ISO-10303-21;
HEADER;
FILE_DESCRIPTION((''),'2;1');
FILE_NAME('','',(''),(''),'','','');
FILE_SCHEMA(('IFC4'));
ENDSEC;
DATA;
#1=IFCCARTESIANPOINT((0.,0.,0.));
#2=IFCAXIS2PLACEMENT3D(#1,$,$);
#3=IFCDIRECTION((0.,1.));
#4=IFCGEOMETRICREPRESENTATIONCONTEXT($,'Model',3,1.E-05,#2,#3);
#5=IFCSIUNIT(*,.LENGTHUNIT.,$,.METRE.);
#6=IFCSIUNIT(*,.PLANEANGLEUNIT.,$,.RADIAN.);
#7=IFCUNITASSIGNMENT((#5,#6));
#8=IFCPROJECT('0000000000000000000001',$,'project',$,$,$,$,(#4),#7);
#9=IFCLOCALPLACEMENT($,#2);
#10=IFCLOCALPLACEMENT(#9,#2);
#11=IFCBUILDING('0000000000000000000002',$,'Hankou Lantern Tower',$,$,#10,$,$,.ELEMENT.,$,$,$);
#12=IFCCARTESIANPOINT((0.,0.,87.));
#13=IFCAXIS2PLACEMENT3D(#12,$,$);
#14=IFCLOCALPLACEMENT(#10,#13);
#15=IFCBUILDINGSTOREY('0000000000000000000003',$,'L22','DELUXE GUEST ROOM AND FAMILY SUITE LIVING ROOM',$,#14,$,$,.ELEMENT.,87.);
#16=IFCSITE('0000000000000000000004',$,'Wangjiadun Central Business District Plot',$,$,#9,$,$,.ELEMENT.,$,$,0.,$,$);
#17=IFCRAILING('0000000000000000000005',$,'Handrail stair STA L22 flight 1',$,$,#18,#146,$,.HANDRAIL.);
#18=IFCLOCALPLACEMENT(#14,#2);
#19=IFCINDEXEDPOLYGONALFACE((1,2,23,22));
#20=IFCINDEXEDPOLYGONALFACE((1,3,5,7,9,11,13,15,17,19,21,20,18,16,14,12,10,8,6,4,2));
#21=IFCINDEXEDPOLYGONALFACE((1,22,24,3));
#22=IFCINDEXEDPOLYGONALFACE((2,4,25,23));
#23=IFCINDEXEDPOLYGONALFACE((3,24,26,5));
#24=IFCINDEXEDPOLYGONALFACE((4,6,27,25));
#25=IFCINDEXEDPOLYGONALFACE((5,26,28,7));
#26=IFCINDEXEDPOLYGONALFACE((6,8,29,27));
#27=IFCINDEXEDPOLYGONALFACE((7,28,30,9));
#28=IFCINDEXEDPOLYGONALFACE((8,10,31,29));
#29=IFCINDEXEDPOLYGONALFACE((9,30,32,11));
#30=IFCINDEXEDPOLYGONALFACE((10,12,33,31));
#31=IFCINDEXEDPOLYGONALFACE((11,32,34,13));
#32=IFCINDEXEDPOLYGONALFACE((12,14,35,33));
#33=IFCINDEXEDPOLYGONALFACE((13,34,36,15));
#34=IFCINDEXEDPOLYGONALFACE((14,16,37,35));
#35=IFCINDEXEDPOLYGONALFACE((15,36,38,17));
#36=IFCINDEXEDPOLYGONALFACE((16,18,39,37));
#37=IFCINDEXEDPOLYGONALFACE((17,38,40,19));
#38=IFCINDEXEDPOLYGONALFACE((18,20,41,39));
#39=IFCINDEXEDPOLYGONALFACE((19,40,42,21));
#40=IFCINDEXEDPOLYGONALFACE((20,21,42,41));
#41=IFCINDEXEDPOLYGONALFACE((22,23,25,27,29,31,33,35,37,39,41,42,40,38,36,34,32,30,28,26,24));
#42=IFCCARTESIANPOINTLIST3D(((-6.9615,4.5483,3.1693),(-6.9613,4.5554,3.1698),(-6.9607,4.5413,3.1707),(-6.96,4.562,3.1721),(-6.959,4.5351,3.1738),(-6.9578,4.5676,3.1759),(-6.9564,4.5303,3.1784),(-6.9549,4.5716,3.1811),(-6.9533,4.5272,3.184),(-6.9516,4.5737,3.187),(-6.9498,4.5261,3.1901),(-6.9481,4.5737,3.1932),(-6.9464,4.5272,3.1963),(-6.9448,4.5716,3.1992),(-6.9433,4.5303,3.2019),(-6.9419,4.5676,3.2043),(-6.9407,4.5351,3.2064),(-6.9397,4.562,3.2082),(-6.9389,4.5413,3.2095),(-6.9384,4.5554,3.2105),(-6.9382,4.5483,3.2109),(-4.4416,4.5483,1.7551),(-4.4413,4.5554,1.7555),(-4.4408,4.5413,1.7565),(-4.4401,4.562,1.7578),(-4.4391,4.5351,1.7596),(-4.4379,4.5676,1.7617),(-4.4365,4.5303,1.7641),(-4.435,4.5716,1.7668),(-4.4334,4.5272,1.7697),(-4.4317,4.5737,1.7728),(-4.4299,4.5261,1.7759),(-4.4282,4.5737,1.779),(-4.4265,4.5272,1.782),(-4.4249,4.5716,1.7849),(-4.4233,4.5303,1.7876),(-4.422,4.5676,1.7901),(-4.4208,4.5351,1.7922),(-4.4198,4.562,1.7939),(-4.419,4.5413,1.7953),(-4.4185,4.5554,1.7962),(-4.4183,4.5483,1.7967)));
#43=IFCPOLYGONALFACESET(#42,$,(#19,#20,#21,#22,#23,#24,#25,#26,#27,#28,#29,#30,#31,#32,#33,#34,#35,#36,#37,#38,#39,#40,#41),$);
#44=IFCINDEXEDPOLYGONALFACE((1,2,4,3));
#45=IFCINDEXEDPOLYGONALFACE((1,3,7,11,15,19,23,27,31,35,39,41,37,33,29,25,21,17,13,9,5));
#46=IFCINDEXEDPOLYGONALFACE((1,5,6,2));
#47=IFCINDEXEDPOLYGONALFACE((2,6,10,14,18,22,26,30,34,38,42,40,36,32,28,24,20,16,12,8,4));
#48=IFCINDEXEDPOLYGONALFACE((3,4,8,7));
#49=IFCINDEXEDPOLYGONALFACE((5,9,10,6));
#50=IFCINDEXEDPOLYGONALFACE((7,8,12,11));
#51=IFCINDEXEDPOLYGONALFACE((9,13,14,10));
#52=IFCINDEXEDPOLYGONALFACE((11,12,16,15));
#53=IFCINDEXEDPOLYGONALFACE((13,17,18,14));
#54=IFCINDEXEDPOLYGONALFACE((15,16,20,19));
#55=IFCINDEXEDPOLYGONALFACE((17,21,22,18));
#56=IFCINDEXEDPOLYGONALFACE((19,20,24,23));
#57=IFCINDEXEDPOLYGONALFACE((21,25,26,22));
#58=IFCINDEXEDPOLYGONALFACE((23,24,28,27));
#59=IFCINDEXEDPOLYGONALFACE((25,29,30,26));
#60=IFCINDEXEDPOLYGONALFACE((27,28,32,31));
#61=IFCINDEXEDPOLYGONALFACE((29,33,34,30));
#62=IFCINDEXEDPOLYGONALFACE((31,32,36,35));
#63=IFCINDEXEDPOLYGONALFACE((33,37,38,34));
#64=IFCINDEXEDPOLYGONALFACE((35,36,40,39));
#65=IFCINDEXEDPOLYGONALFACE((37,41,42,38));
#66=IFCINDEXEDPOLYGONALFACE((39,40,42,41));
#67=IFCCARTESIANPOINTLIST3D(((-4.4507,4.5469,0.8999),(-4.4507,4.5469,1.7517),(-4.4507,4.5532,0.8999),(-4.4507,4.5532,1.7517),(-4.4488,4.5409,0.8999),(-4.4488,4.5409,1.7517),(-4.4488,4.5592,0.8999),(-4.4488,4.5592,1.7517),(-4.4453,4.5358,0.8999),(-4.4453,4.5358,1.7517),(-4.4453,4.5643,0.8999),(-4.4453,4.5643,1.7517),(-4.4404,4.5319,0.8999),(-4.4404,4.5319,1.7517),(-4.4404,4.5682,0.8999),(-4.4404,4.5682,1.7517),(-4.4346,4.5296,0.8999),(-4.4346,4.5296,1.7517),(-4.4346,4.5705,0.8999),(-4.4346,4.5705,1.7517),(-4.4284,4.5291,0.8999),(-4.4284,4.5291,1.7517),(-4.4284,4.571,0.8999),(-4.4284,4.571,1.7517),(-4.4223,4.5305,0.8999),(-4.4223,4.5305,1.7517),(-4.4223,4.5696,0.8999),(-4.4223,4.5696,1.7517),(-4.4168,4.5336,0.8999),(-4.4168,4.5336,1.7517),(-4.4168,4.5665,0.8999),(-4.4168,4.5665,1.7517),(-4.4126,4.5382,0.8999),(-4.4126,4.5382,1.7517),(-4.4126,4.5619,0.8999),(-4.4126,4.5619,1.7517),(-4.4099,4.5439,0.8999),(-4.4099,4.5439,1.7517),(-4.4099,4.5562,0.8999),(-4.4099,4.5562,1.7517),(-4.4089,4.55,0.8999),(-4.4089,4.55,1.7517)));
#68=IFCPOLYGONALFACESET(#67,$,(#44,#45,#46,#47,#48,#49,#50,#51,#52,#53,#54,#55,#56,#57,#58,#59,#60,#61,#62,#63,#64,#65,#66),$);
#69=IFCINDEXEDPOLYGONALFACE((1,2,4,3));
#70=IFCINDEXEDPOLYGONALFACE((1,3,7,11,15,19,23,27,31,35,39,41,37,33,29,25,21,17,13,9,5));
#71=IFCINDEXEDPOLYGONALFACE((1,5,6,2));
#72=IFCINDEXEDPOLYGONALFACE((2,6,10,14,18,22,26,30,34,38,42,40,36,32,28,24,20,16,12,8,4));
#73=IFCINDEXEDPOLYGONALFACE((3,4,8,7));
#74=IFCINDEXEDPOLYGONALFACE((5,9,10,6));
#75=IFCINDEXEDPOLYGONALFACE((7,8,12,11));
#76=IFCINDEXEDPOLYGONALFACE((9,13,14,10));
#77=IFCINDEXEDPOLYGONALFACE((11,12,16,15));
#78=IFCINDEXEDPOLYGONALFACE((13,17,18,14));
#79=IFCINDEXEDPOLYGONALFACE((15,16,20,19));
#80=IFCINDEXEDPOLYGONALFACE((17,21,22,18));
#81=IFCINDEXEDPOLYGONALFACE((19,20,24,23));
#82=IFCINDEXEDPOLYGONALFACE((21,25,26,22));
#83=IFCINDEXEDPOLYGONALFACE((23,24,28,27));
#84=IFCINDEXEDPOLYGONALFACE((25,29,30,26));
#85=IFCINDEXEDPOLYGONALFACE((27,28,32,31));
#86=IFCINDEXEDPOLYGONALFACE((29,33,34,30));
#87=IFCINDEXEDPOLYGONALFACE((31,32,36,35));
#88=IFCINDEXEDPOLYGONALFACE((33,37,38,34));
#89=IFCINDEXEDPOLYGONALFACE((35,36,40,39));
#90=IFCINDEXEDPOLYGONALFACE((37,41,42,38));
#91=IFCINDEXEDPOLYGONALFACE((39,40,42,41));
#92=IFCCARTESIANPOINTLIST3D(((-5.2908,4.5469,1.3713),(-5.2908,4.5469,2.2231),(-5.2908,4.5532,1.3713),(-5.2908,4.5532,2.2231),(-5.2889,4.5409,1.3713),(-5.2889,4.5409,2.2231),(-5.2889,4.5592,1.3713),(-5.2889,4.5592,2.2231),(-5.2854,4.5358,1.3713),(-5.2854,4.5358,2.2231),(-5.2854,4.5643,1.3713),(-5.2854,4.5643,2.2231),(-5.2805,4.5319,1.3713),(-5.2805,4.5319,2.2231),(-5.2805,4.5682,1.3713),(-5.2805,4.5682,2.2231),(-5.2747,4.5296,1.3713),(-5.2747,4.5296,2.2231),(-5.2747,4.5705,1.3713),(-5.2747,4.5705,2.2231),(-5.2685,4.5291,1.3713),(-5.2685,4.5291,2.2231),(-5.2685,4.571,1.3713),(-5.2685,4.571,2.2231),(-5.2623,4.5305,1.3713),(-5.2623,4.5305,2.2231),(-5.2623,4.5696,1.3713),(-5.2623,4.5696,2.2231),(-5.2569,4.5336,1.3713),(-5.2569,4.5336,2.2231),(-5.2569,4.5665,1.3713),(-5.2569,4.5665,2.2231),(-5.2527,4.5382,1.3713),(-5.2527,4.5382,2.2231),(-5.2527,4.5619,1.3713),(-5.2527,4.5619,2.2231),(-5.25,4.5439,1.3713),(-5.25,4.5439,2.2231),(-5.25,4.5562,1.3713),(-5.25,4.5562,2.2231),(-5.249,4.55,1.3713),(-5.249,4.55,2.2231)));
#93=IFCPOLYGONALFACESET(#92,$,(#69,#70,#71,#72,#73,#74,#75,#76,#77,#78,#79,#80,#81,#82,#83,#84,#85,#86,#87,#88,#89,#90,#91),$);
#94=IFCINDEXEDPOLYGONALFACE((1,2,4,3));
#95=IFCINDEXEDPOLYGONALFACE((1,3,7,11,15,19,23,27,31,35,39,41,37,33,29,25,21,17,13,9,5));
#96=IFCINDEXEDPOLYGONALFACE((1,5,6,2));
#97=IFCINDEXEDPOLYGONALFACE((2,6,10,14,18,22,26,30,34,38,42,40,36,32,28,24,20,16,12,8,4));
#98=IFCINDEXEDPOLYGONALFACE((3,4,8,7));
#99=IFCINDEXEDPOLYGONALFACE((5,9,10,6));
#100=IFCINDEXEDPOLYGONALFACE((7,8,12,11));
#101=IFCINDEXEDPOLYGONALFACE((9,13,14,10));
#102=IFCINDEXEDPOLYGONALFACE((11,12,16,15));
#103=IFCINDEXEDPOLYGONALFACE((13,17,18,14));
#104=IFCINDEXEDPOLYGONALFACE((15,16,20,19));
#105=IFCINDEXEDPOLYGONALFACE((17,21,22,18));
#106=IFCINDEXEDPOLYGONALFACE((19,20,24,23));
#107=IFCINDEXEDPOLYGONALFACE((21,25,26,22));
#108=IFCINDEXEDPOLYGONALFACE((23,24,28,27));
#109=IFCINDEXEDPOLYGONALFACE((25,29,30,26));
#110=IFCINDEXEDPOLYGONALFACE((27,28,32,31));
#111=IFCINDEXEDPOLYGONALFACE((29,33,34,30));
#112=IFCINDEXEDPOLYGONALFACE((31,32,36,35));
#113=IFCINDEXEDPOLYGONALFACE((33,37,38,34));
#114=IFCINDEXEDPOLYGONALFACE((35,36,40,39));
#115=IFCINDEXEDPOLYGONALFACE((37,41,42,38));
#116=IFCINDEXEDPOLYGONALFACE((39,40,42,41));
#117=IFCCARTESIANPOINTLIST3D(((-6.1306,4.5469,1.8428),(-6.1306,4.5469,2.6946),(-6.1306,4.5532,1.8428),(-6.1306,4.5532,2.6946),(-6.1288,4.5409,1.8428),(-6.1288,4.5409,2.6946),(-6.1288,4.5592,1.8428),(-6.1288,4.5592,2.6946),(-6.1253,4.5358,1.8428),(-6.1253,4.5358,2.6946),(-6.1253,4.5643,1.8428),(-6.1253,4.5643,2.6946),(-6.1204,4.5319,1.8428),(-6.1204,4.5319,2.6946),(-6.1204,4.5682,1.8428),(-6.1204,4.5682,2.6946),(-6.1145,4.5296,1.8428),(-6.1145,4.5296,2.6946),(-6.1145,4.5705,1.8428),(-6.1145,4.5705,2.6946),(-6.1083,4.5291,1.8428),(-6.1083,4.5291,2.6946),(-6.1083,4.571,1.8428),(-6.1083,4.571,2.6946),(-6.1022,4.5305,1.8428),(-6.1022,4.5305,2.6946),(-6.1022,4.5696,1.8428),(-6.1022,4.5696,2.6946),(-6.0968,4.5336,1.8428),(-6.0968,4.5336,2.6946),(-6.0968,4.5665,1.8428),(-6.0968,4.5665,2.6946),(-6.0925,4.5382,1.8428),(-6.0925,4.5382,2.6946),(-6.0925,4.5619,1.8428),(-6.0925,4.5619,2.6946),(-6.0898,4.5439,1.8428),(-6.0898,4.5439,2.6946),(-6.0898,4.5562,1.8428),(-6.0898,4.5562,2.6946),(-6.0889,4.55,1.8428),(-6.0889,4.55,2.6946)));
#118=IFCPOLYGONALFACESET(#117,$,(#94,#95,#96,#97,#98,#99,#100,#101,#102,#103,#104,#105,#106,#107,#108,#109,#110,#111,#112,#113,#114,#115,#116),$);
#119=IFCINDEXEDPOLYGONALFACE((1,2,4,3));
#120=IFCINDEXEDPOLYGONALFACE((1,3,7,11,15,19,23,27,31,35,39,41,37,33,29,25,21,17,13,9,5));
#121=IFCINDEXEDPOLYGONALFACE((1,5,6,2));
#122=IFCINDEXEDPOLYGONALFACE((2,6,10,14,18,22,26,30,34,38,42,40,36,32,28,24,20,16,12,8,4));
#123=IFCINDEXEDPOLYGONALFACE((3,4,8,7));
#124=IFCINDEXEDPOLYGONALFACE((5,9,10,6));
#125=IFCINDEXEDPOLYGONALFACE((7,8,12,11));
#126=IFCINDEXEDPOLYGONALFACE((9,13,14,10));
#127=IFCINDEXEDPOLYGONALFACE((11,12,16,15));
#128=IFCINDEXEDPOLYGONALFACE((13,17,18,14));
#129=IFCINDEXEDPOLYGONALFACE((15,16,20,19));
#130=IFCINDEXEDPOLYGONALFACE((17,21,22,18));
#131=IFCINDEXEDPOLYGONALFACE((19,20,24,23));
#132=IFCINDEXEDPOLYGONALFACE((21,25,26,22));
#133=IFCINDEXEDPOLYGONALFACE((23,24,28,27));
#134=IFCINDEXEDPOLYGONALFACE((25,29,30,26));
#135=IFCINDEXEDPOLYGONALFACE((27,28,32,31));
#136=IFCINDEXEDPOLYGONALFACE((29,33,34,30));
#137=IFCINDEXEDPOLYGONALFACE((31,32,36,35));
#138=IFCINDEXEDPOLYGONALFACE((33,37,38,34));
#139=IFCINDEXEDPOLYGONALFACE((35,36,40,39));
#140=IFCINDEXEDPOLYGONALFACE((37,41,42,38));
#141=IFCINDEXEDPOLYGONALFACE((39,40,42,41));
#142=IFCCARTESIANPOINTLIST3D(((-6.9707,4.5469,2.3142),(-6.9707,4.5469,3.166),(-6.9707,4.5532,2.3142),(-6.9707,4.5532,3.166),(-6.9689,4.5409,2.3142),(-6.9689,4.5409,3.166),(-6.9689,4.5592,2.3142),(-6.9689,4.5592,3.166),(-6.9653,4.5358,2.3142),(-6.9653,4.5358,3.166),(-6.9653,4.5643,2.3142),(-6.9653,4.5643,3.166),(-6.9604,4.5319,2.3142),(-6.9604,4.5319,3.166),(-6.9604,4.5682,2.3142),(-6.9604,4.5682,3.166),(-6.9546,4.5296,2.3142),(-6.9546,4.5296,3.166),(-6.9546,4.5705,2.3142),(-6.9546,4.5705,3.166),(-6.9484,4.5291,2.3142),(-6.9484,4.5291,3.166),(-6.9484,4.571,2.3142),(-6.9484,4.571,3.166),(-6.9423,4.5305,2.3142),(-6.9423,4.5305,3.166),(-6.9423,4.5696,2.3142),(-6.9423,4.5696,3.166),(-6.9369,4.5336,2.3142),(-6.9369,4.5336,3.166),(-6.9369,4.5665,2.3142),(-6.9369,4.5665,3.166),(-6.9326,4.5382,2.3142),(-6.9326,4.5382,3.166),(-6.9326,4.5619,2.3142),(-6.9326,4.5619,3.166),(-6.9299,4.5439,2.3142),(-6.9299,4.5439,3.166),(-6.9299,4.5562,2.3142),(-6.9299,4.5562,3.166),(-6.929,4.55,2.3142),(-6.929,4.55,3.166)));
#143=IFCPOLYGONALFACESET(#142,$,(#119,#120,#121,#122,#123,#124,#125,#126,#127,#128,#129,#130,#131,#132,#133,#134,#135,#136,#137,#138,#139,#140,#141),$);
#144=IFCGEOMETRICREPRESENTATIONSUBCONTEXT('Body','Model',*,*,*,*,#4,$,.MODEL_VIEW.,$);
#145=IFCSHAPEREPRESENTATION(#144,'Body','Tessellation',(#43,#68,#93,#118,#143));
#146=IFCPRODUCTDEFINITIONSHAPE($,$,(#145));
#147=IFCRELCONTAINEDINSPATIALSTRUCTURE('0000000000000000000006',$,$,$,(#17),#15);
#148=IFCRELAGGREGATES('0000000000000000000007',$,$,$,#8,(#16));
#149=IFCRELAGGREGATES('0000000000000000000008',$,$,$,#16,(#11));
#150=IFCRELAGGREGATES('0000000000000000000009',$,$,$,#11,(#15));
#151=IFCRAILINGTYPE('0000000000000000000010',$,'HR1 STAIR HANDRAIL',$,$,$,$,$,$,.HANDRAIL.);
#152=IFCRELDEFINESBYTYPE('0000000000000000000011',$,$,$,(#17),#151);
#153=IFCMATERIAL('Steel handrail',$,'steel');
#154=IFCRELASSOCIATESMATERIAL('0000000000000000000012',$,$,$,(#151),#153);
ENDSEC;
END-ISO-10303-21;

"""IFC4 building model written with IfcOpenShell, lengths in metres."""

from ifc_helpers import new_model, si_unit, direction, frame, origin, origin_2d, place, context, subcontext, project, spatial, circle, extrude, material, type_object, element, save


model = new_model("IFC4")

# Units and contexts
model_context = context("Model", 3, precision=1e-05, world=origin(), true_north=direction((0.0, 1.0)))
body_context = subcontext(model_context, "Body", "Model", "MODEL_VIEW")
ifc_project = project(units=[si_unit("LENGTHUNIT", "METRE"), si_unit("PLANEANGLEUNIT", "RADIAN")], contexts=[model_context])

# Site, building, storey
site_placement = place(None, origin())
site = spatial("IfcSite", under=ifc_project, at=site_placement, Name="Wangjiadun Central Business District Plot", CompositionType="ELEMENT", RefElevation=0.0)
building_placement = place(site_placement, origin())
building = spatial("IfcBuilding", under=site, at=building_placement, Name="Hankou Lantern Tower", CompositionType="ELEMENT")
storey_placement = place(building_placement, frame((0.0, 0.0, 87.0)))
storey = spatial("IfcBuildingStorey", under=building, at=storey_placement, Name="L22", Description="DELUXE GUEST ROOM AND FAMILY SUITE LIVING ROOM", CompositionType="ELEMENT", Elevation=87.0)

# Railing
ifc_material_1 = material(Name="Steel handrail", Category="steel")
railing_type = type_object("IfcRailingType", Name="HR1 STAIR HANDRAIL", PredefinedType="HANDRAIL", material=ifc_material_1)
railing_placement = place(storey_placement, frame((-4.4299, 4.55, 0.8999)))
element("IfcRailing", 1, at=railing_placement, inside=storey, type_object=railing_type, Name="Handrail stair STA L22 flight 1", PredefinedType="HANDRAIL", context=body_context, shape_type="SweptSolid", body=[
    extrude(circle(Radius=0.0239, at=origin_2d()), frame((0.0, 0.0, 0.876), z_axis=(-0.872049, 0.0, 0.489419), x_axis=(0.0, -1.0, 0.0)), (0.0, 0.0, 1.0), 2.8896),
    extrude(circle(Radius=0.021, at=origin_2d()), origin(), (0.0, 0.0, 1.0), 0.8518),
    extrude(circle(Radius=0.021, at=origin_2d()), frame((-0.8401, 0.0, 0.4714)), (0.0, 0.0, 1.0), 0.8518),
    extrude(circle(Radius=0.021, at=origin_2d()), frame((-1.6799, 0.0, 0.9429)), (0.0, 0.0, 1.0), 0.8518),
    extrude(circle(Radius=0.021, at=origin_2d()), frame((-2.52, 0.0, 1.4143)), (0.0, 0.0, 1.0), 0.8518),
])

save(model, "model.ifc")
